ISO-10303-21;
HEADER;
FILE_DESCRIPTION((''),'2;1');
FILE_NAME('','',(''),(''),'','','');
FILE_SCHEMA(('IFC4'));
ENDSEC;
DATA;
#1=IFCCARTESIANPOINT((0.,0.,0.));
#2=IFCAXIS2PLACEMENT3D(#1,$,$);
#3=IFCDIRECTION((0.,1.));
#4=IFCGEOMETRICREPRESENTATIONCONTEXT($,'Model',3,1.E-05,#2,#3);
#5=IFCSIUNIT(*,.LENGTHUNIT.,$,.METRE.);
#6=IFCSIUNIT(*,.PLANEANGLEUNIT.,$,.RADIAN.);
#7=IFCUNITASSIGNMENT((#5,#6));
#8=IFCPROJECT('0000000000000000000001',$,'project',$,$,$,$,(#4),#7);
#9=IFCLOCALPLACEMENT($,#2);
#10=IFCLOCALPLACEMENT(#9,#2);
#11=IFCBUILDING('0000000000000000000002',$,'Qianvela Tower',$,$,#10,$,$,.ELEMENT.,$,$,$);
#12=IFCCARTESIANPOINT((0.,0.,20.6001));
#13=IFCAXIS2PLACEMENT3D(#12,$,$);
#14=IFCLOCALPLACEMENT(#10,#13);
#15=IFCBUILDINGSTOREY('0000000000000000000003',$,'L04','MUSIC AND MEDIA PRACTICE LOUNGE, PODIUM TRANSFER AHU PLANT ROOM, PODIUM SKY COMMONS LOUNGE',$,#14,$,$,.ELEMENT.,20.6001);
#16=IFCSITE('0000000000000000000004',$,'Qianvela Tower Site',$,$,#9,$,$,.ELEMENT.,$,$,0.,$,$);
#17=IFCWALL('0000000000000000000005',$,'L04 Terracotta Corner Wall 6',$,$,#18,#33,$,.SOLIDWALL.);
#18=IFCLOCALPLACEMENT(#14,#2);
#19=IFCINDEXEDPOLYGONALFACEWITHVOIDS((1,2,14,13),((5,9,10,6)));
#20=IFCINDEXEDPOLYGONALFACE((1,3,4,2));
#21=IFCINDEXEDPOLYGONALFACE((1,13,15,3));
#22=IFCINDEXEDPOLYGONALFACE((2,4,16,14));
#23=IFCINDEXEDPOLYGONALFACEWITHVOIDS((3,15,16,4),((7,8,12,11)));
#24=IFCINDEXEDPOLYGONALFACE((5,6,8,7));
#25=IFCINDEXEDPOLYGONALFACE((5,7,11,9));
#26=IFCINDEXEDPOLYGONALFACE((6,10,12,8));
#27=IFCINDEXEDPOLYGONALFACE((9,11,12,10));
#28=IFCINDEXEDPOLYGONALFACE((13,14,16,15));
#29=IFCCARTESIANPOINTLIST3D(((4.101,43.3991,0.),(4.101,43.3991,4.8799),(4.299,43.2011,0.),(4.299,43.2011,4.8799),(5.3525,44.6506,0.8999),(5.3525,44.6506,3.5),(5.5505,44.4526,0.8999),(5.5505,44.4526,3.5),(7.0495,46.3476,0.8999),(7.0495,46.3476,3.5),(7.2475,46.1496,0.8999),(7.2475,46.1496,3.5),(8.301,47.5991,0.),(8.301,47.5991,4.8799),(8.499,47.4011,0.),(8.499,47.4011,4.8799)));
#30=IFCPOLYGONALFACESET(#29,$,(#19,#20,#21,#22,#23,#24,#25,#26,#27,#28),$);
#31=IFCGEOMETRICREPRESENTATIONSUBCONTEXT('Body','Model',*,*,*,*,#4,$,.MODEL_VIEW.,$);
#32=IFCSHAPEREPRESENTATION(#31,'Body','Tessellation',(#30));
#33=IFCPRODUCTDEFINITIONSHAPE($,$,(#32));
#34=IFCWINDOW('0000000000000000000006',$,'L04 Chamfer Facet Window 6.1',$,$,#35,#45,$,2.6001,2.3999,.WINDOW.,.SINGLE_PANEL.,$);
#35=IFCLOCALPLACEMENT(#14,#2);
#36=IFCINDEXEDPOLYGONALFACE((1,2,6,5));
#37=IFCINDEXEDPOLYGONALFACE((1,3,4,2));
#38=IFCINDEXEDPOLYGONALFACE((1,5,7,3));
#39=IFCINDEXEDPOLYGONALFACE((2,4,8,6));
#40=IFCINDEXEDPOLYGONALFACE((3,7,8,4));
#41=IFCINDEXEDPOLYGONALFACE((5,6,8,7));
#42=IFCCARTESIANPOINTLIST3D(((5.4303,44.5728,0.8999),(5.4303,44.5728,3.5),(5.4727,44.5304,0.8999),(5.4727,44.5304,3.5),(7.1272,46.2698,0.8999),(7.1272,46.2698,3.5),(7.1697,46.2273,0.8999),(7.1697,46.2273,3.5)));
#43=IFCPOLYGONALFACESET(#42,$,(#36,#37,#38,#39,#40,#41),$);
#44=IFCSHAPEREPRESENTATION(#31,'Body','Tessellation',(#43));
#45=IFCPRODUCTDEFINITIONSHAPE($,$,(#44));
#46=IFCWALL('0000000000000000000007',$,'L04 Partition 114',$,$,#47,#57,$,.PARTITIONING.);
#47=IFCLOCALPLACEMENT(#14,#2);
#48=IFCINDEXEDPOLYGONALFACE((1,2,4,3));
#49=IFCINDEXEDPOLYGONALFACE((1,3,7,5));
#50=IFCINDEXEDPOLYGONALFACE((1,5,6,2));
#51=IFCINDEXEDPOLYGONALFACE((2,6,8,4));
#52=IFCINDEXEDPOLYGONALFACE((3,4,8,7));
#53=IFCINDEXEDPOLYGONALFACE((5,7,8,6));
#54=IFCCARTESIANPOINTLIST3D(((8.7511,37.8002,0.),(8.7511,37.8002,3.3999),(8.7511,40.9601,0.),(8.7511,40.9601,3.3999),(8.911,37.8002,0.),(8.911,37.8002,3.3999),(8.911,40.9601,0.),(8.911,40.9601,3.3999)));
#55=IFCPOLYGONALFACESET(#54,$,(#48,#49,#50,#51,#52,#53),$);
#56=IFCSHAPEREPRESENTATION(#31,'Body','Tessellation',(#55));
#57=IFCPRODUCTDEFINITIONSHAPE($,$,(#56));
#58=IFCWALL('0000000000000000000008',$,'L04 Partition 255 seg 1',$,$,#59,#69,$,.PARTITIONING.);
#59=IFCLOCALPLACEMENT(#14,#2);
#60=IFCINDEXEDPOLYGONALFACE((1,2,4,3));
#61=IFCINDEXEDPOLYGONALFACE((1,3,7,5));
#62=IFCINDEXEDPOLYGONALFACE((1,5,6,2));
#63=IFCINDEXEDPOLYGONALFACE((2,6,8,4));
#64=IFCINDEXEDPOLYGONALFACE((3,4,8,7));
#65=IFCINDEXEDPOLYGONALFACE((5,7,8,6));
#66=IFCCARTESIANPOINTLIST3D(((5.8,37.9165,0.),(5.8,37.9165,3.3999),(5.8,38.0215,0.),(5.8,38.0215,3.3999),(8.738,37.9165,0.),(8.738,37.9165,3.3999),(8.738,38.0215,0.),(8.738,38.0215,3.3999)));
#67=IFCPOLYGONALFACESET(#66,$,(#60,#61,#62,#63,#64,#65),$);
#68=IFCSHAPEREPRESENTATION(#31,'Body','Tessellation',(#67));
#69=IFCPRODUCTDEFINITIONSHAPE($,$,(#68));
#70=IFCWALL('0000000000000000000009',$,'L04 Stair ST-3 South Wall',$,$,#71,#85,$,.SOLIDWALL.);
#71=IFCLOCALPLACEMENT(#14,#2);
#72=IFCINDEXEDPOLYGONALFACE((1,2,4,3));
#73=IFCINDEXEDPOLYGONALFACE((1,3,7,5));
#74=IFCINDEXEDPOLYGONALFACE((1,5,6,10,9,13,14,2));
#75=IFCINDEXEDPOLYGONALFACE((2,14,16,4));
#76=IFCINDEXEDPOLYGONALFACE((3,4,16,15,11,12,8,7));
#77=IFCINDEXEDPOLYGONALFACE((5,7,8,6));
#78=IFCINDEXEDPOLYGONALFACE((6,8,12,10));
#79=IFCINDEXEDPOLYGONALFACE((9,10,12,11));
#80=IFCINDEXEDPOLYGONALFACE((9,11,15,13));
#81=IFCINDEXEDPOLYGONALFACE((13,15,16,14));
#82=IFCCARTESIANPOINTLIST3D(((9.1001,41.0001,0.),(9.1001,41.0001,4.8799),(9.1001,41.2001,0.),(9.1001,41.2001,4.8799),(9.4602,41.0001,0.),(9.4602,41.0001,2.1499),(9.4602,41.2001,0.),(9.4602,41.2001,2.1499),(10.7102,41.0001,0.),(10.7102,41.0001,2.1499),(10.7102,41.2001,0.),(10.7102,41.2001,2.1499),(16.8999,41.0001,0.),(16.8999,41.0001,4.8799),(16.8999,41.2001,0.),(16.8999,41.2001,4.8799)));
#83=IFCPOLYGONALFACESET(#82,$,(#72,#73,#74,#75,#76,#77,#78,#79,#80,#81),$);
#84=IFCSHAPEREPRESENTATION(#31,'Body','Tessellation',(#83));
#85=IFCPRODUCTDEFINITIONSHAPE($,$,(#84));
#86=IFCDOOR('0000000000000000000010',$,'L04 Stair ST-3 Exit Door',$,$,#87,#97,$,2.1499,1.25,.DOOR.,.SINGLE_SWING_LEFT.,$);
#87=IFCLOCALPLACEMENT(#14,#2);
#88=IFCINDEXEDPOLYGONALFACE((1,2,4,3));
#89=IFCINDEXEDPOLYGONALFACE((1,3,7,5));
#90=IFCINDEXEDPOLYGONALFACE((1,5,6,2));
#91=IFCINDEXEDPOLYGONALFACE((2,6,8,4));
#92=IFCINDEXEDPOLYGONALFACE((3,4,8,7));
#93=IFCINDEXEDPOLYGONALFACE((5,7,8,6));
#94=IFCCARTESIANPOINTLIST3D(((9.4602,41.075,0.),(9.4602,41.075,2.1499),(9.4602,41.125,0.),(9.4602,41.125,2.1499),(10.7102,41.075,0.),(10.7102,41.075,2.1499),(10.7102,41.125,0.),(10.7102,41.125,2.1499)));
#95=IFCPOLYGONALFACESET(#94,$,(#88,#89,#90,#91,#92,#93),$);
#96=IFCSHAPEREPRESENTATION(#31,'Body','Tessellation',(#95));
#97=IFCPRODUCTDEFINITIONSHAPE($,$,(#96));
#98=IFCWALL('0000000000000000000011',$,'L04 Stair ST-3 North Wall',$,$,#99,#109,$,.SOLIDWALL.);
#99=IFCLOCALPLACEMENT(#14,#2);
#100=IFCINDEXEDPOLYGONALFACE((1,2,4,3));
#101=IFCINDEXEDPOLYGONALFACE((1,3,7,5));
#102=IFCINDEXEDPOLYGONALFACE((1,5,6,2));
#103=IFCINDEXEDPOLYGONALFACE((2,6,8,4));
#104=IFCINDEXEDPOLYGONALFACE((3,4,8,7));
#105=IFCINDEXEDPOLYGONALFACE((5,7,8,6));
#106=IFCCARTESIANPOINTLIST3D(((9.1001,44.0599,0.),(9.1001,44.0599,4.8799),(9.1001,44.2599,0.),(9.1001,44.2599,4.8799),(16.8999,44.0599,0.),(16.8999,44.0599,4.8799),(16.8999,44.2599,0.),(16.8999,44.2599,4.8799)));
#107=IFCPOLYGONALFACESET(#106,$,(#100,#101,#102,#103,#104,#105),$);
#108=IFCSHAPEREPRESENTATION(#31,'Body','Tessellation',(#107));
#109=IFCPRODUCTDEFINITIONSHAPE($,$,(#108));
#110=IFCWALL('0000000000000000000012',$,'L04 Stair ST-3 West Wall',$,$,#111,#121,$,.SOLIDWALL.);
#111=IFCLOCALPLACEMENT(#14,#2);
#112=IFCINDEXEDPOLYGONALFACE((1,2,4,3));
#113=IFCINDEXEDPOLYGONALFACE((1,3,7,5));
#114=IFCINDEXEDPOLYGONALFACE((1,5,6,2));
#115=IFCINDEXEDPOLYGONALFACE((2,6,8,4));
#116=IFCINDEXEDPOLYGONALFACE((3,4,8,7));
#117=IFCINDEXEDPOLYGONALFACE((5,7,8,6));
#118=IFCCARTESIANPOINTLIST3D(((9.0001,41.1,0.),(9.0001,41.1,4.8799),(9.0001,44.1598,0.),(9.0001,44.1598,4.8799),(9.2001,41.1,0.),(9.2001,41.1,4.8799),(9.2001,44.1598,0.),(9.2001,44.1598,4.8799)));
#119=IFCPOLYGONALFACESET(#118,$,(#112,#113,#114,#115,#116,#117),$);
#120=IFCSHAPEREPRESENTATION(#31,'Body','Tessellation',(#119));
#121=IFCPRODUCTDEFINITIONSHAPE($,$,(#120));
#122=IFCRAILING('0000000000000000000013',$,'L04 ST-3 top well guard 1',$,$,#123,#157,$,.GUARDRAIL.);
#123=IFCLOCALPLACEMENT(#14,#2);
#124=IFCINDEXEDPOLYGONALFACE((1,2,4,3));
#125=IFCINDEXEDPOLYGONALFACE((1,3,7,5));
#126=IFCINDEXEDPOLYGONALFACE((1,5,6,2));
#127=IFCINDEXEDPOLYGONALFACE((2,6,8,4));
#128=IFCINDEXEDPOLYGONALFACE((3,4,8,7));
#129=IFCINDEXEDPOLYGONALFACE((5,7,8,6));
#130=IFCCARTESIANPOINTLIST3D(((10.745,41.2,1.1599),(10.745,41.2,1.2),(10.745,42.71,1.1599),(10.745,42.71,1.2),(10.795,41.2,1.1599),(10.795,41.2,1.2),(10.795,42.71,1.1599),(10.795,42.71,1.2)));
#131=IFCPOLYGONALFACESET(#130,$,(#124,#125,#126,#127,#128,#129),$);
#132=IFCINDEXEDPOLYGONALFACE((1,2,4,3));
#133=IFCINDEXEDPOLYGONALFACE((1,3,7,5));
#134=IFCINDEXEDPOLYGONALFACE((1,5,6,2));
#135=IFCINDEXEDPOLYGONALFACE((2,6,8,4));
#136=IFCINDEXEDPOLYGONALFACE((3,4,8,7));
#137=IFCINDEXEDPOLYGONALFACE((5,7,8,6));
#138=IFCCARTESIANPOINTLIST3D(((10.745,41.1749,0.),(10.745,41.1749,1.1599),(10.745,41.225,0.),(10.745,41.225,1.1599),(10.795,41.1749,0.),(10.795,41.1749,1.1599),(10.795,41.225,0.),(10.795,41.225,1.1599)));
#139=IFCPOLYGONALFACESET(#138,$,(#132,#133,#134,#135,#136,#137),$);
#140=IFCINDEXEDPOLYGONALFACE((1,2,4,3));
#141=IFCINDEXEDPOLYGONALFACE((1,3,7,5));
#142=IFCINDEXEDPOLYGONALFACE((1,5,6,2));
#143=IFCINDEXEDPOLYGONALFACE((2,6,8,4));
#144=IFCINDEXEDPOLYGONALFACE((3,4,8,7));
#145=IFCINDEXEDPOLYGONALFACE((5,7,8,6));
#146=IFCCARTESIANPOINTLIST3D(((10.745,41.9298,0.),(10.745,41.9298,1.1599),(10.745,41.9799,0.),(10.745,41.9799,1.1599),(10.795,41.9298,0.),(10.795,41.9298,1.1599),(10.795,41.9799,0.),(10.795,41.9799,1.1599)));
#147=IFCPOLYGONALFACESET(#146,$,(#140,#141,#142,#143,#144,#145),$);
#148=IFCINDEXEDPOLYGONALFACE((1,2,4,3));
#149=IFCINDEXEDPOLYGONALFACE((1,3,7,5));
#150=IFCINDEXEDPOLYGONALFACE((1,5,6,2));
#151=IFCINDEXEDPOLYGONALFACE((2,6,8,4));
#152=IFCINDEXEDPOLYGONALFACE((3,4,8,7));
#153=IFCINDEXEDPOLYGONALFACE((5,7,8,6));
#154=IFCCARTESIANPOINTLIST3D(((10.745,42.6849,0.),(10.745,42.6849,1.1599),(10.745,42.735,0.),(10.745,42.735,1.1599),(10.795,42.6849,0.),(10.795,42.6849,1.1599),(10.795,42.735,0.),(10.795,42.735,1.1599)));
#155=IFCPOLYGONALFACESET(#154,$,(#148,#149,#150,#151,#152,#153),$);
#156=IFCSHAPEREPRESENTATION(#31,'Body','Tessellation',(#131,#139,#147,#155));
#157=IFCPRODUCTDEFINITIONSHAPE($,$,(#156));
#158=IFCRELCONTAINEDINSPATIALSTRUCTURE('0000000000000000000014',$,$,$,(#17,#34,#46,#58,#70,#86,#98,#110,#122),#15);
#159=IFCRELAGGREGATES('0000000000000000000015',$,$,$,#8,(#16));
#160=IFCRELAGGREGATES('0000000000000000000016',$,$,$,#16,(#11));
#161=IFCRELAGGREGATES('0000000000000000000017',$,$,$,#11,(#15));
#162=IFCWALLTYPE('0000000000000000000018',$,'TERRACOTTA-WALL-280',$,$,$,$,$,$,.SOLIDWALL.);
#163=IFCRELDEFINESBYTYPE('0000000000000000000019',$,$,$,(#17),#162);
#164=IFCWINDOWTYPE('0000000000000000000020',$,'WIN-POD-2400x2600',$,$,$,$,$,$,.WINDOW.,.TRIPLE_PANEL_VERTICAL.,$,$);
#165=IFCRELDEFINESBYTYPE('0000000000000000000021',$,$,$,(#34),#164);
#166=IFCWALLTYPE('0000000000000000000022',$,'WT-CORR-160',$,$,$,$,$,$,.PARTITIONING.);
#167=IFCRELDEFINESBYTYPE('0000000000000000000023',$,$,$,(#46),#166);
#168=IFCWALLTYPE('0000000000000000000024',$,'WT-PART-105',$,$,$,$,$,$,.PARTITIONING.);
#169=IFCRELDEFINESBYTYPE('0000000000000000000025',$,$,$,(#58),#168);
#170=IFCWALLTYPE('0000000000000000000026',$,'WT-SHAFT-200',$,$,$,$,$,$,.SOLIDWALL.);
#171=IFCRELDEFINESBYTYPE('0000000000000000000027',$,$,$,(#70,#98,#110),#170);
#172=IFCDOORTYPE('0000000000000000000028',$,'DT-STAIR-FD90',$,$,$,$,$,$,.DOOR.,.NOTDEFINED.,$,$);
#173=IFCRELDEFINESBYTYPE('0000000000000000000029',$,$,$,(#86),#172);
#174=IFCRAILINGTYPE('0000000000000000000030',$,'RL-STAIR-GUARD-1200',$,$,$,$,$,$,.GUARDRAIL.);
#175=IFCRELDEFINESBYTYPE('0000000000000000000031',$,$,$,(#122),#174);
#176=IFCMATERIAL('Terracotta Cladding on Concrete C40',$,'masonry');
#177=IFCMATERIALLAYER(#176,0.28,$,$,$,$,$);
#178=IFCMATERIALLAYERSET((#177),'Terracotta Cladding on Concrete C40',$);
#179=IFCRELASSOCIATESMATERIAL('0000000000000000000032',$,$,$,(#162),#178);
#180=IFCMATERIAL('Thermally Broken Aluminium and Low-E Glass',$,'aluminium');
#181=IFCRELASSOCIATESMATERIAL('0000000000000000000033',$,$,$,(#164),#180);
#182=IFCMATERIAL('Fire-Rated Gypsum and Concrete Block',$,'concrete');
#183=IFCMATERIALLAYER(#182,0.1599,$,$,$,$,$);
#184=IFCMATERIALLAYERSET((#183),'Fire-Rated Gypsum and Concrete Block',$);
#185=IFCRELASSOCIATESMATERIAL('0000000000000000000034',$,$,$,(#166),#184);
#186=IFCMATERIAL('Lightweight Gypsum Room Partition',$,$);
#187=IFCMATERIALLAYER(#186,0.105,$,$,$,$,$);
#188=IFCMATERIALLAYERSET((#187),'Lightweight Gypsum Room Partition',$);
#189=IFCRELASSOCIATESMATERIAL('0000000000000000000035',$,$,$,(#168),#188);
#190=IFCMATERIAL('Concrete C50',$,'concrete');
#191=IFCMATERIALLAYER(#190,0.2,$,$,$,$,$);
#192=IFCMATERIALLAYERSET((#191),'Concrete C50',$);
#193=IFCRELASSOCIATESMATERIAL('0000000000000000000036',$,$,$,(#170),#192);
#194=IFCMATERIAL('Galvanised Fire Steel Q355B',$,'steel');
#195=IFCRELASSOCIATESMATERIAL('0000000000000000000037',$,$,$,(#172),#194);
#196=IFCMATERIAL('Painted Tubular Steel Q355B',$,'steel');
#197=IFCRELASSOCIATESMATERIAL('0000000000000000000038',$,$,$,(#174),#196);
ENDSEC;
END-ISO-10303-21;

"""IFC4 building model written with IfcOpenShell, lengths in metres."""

from ifc_helpers import new_model, si_unit, direction, frame, frame_2d, origin, origin_2d, place, context, subcontext, project, spatial, rectangle, extrude, material, layer, layer_set, type_object, element, fill, save


model = new_model("IFC4")

# Units and contexts
model_context = context("Model", 3, precision=1e-05, world=origin(), true_north=direction((0.0, 1.0)))
body_context = subcontext(model_context, "Body", "Model", "MODEL_VIEW")
ifc_project = project(units=[si_unit("LENGTHUNIT", "METRE"), si_unit("PLANEANGLEUNIT", "RADIAN")], contexts=[model_context])

# Site, building, storey
site_placement = place(None, origin())
site = spatial("IfcSite", under=ifc_project, at=site_placement, Name="Qianvela Tower Site", CompositionType="ELEMENT", RefElevation=0.0)
building_placement = place(site_placement, origin())
building = spatial("IfcBuilding", under=site, at=building_placement, Name="Qianvela Tower", CompositionType="ELEMENT")
storey_placement = place(building_placement, frame((0.0, 0.0, 20.6001)))
storey = spatial("IfcBuildingStorey", under=building, at=storey_placement, Name="L04", Description="MUSIC AND MEDIA PRACTICE LOUNGE, PODIUM TRANSFER AHU PLANT ROOM, PODIUM SKY COMMONS LOUNGE", CompositionType="ELEMENT", Elevation=20.6001)

# Wall, opening, window
ifc_material_1 = material(Name="Terracotta Cladding on Concrete C40", Category="masonry")
ifc_layer_1 = layer(ifc_material_1, 0.28)
ifc_layer_set_1 = layer_set([ifc_layer_1], Name="Terracotta Cladding on Concrete C40")
wall_type_1 = type_object("IfcWallType", Name="TERRACOTTA-WALL-280", PredefinedType="SOLIDWALL", material=ifc_layer_set_1)
wall_1_placement = place(storey_placement, frame((8.3999, 47.5, 0.0), z_axis=(0.0, 0.0, 1.0), x_axis=(-0.707107, -0.707107, 0.0)))
wall_1 = element("IfcWall", 1, at=wall_1_placement, inside=storey, type_object=wall_type_1, Name="L04 Terracotta Corner Wall 6", PredefinedType="SOLIDWALL", context=body_context, shape_type="SweptSolid", body=[
    extrude(rectangle(XDim=5.9397, YDim=0.28, at=frame_2d((2.9697, 0.0))), origin(), (0.0, 0.0, 1.0), 4.8799),
])
opening_1_placement = place(wall_1_placement, frame((1.7698, 0.0, 0.8999)))
opening_1 = element("IfcOpeningElement", 2, at=opening_1_placement, cuts=wall_1, PredefinedType="OPENING", context=body_context, shape_type="SweptSolid", body=[
    extrude(rectangle(XDim=2.3999, YDim=2.6001, at=frame_2d((1.2, 1.3))), frame((0.0, 0.1499, 0.0), z_axis=(0.0, -1.0, 0.0), x_axis=(1.0, 0.0, 0.0)), (0.0, 0.0, 1.0), 0.3),
])
ifc_material_2 = material(Name="Thermally Broken Aluminium and Low-E Glass", Category="aluminium")
window_type = type_object("IfcWindowType", Name="WIN-POD-2400x2600", PartitioningType="TRIPLE_PANEL_VERTICAL", PredefinedType="WINDOW", material=ifc_material_2)
window_placement = place(opening_1_placement, origin())
window = element("IfcWindow", 3, at=window_placement, inside=storey, type_object=window_type, Name="L04 Chamfer Facet Window 6.1", OverallHeight=2.6001, OverallWidth=2.3999, PartitioningType="SINGLE_PANEL", PredefinedType="WINDOW", context=body_context, shape_type="SweptSolid", body=[
    extrude(rectangle(XDim=2.3999, YDim=2.6001, at=frame_2d((1.2, 1.3))), frame((0.0, 0.03, 0.0), z_axis=(0.0, -1.0, 0.0), x_axis=(1.0, 0.0, 0.0)), (0.0, 0.0, 1.0), 0.0601),
])
fill(opening_1, window)

# Walls
ifc_material_3 = material(Name="Fire-Rated Gypsum and Concrete Block", Category="concrete")
ifc_layer_2 = layer(ifc_material_3, 0.1599)
ifc_layer_set_2 = layer_set([ifc_layer_2], Name="Fire-Rated Gypsum and Concrete Block")
wall_type_2 = type_object("IfcWallType", Name="WT-CORR-160", PredefinedType="PARTITIONING", material=ifc_layer_set_2)
wall_2_placement = place(storey_placement, frame((8.8311, 37.8, 0.0), z_axis=(0.0, 0.0, 1.0), x_axis=(0.0, 1.0, 0.0)))
element("IfcWall", 4, at=wall_2_placement, inside=storey, type_object=wall_type_2, Name="L04 Partition 114", PredefinedType="PARTITIONING", context=body_context, shape_type="SweptSolid", body=[
    extrude(rectangle(XDim=3.1599, YDim=0.1599, at=frame_2d((1.5801, 0.0))), origin(), (0.0, 0.0, 1.0), 3.3999),
])
ifc_material_4 = material(Name="Lightweight Gypsum Room Partition")
ifc_layer_3 = layer(ifc_material_4, 0.105)
ifc_layer_set_3 = layer_set([ifc_layer_3], Name="Lightweight Gypsum Room Partition")
wall_type_3 = type_object("IfcWallType", Name="WT-PART-105", PredefinedType="PARTITIONING", material=ifc_layer_set_3)
wall_3_placement = place(storey_placement, frame((5.8, 37.969, 0.0), z_axis=(0.0, 0.0, 1.0), x_axis=(1.0, 0.0, 0.0)))
element("IfcWall", 5, at=wall_3_placement, inside=storey, type_object=wall_type_3, Name="L04 Partition 255 seg 1", PredefinedType="PARTITIONING", context=body_context, shape_type="SweptSolid", body=[
    extrude(rectangle(XDim=2.938, YDim=0.105, at=frame_2d((1.469, 0.0))), origin(), (0.0, 0.0, 1.0), 3.3999),
])

# Wall, opening, door
ifc_material_5 = material(Name="Concrete C50", Category="concrete")
ifc_layer_4 = layer(ifc_material_5, 0.2)
ifc_layer_set_4 = layer_set([ifc_layer_4], Name="Concrete C50")
wall_type_4 = type_object("IfcWallType", Name="WT-SHAFT-200", PredefinedType="SOLIDWALL", material=ifc_layer_set_4)
wall_4_placement = place(storey_placement, frame((9.1001, 41.1001, 0.0), z_axis=(0.0, 0.0, 1.0), x_axis=(1.0, 0.0, 0.0)))
wall_4 = element("IfcWall", 6, at=wall_4_placement, inside=storey, type_object=wall_type_4, Name="L04 Stair ST-3 South Wall", PredefinedType="SOLIDWALL", context=body_context, shape_type="SweptSolid", body=[
    extrude(rectangle(XDim=7.7998, YDim=0.2, at=frame_2d((3.8999, 0.0))), origin(), (0.0, 0.0, 1.0), 4.8799),
])
opening_2_placement = place(wall_4_placement, frame((0.3601, 0.0, 0.0)))
opening_2 = element("IfcOpeningElement", 7, at=opening_2_placement, cuts=wall_4, PredefinedType="OPENING", context=body_context, shape_type="SweptSolid", body=[
    extrude(rectangle(XDim=1.25, YDim=2.1499, at=frame_2d((0.625, 1.075))), frame((0.0, 0.1099, 0.0), z_axis=(0.0, -1.0, 0.0), x_axis=(1.0, 0.0, 0.0)), (0.0, 0.0, 1.0), 0.22),
])
ifc_material_6 = material(Name="Galvanised Fire Steel Q355B", Category="steel")
door_type = type_object("IfcDoorType", Name="DT-STAIR-FD90", OperationType="NOTDEFINED", PredefinedType="DOOR", material=ifc_material_6)
door_placement = place(opening_2_placement, origin())
door = element("IfcDoor", 8, at=door_placement, inside=storey, type_object=door_type, Name="L04 Stair ST-3 Exit Door", OperationType="SINGLE_SWING_LEFT", OverallHeight=2.1499, OverallWidth=1.25, PredefinedType="DOOR", context=body_context, shape_type="SweptSolid", body=[
    extrude(rectangle(XDim=1.25, YDim=2.1499, at=frame_2d((0.625, 1.075))), frame((0.0, 0.0249, 0.0), z_axis=(0.0, -1.0, 0.0), x_axis=(1.0, 0.0, 0.0)), (0.0, 0.0, 1.0), 0.05),
])
fill(opening_2, door)

# Walls
wall_5_placement = place(storey_placement, frame((9.1001, 44.1599, 0.0), z_axis=(0.0, 0.0, 1.0), x_axis=(1.0, 0.0, 0.0)))
element("IfcWall", 9, at=wall_5_placement, inside=storey, type_object=wall_type_4, Name="L04 Stair ST-3 North Wall", PredefinedType="SOLIDWALL", context=body_context, shape_type="SweptSolid", body=[
    extrude(rectangle(XDim=7.7998, YDim=0.2, at=frame_2d((3.8999, 0.0))), origin(), (0.0, 0.0, 1.0), 4.8799),
])
wall_6_placement = place(storey_placement, frame((9.1001, 41.1001, 0.0), z_axis=(0.0, 0.0, 1.0), x_axis=(0.0, 1.0, 0.0)))
element("IfcWall", 10, at=wall_6_placement, inside=storey, type_object=wall_type_4, Name="L04 Stair ST-3 West Wall", PredefinedType="SOLIDWALL", context=body_context, shape_type="SweptSolid", body=[
    extrude(rectangle(XDim=3.0598, YDim=0.2, at=frame_2d((1.5298, 0.0))), origin(), (0.0, 0.0, 1.0), 4.8799),
])

# Railing
ifc_material_7 = material(Name="Painted Tubular Steel Q355B", Category="steel")
railing_type = type_object("IfcRailingType", Name="RL-STAIR-GUARD-1200", PredefinedType="GUARDRAIL", material=ifc_material_7)
railing_placement = place(storey_placement, frame((10.77, 41.2, 0.0)))
element("IfcRailing", 11, at=railing_placement, inside=storey, type_object=railing_type, Name="L04 ST-3 top well guard 1", PredefinedType="GUARDRAIL", context=body_context, shape_type="SweptSolid", body=[
    extrude(rectangle(XDim=0.05, YDim=0.04, at=origin_2d()), frame((0.0, 0.0, 1.1799), z_axis=(0.0, 1.0, 0.0), x_axis=(-1.0, 0.0, 0.0)), (0.0, 0.0, 1.0), 1.51),
    extrude(rectangle(XDim=0.05, YDim=0.05, at=origin_2d()), origin(), (0.0, 0.0, 1.0), 1.1599),
    extrude(rectangle(XDim=0.05, YDim=0.05, at=origin_2d()), frame((0.0, 0.7549, 0.0)), (0.0, 0.0, 1.0), 1.1599),
    extrude(rectangle(XDim=0.05, YDim=0.05, at=origin_2d()), frame((0.0, 1.51, 0.0)), (0.0, 0.0, 1.0), 1.1599),
])

save(model, "model.ifc")
